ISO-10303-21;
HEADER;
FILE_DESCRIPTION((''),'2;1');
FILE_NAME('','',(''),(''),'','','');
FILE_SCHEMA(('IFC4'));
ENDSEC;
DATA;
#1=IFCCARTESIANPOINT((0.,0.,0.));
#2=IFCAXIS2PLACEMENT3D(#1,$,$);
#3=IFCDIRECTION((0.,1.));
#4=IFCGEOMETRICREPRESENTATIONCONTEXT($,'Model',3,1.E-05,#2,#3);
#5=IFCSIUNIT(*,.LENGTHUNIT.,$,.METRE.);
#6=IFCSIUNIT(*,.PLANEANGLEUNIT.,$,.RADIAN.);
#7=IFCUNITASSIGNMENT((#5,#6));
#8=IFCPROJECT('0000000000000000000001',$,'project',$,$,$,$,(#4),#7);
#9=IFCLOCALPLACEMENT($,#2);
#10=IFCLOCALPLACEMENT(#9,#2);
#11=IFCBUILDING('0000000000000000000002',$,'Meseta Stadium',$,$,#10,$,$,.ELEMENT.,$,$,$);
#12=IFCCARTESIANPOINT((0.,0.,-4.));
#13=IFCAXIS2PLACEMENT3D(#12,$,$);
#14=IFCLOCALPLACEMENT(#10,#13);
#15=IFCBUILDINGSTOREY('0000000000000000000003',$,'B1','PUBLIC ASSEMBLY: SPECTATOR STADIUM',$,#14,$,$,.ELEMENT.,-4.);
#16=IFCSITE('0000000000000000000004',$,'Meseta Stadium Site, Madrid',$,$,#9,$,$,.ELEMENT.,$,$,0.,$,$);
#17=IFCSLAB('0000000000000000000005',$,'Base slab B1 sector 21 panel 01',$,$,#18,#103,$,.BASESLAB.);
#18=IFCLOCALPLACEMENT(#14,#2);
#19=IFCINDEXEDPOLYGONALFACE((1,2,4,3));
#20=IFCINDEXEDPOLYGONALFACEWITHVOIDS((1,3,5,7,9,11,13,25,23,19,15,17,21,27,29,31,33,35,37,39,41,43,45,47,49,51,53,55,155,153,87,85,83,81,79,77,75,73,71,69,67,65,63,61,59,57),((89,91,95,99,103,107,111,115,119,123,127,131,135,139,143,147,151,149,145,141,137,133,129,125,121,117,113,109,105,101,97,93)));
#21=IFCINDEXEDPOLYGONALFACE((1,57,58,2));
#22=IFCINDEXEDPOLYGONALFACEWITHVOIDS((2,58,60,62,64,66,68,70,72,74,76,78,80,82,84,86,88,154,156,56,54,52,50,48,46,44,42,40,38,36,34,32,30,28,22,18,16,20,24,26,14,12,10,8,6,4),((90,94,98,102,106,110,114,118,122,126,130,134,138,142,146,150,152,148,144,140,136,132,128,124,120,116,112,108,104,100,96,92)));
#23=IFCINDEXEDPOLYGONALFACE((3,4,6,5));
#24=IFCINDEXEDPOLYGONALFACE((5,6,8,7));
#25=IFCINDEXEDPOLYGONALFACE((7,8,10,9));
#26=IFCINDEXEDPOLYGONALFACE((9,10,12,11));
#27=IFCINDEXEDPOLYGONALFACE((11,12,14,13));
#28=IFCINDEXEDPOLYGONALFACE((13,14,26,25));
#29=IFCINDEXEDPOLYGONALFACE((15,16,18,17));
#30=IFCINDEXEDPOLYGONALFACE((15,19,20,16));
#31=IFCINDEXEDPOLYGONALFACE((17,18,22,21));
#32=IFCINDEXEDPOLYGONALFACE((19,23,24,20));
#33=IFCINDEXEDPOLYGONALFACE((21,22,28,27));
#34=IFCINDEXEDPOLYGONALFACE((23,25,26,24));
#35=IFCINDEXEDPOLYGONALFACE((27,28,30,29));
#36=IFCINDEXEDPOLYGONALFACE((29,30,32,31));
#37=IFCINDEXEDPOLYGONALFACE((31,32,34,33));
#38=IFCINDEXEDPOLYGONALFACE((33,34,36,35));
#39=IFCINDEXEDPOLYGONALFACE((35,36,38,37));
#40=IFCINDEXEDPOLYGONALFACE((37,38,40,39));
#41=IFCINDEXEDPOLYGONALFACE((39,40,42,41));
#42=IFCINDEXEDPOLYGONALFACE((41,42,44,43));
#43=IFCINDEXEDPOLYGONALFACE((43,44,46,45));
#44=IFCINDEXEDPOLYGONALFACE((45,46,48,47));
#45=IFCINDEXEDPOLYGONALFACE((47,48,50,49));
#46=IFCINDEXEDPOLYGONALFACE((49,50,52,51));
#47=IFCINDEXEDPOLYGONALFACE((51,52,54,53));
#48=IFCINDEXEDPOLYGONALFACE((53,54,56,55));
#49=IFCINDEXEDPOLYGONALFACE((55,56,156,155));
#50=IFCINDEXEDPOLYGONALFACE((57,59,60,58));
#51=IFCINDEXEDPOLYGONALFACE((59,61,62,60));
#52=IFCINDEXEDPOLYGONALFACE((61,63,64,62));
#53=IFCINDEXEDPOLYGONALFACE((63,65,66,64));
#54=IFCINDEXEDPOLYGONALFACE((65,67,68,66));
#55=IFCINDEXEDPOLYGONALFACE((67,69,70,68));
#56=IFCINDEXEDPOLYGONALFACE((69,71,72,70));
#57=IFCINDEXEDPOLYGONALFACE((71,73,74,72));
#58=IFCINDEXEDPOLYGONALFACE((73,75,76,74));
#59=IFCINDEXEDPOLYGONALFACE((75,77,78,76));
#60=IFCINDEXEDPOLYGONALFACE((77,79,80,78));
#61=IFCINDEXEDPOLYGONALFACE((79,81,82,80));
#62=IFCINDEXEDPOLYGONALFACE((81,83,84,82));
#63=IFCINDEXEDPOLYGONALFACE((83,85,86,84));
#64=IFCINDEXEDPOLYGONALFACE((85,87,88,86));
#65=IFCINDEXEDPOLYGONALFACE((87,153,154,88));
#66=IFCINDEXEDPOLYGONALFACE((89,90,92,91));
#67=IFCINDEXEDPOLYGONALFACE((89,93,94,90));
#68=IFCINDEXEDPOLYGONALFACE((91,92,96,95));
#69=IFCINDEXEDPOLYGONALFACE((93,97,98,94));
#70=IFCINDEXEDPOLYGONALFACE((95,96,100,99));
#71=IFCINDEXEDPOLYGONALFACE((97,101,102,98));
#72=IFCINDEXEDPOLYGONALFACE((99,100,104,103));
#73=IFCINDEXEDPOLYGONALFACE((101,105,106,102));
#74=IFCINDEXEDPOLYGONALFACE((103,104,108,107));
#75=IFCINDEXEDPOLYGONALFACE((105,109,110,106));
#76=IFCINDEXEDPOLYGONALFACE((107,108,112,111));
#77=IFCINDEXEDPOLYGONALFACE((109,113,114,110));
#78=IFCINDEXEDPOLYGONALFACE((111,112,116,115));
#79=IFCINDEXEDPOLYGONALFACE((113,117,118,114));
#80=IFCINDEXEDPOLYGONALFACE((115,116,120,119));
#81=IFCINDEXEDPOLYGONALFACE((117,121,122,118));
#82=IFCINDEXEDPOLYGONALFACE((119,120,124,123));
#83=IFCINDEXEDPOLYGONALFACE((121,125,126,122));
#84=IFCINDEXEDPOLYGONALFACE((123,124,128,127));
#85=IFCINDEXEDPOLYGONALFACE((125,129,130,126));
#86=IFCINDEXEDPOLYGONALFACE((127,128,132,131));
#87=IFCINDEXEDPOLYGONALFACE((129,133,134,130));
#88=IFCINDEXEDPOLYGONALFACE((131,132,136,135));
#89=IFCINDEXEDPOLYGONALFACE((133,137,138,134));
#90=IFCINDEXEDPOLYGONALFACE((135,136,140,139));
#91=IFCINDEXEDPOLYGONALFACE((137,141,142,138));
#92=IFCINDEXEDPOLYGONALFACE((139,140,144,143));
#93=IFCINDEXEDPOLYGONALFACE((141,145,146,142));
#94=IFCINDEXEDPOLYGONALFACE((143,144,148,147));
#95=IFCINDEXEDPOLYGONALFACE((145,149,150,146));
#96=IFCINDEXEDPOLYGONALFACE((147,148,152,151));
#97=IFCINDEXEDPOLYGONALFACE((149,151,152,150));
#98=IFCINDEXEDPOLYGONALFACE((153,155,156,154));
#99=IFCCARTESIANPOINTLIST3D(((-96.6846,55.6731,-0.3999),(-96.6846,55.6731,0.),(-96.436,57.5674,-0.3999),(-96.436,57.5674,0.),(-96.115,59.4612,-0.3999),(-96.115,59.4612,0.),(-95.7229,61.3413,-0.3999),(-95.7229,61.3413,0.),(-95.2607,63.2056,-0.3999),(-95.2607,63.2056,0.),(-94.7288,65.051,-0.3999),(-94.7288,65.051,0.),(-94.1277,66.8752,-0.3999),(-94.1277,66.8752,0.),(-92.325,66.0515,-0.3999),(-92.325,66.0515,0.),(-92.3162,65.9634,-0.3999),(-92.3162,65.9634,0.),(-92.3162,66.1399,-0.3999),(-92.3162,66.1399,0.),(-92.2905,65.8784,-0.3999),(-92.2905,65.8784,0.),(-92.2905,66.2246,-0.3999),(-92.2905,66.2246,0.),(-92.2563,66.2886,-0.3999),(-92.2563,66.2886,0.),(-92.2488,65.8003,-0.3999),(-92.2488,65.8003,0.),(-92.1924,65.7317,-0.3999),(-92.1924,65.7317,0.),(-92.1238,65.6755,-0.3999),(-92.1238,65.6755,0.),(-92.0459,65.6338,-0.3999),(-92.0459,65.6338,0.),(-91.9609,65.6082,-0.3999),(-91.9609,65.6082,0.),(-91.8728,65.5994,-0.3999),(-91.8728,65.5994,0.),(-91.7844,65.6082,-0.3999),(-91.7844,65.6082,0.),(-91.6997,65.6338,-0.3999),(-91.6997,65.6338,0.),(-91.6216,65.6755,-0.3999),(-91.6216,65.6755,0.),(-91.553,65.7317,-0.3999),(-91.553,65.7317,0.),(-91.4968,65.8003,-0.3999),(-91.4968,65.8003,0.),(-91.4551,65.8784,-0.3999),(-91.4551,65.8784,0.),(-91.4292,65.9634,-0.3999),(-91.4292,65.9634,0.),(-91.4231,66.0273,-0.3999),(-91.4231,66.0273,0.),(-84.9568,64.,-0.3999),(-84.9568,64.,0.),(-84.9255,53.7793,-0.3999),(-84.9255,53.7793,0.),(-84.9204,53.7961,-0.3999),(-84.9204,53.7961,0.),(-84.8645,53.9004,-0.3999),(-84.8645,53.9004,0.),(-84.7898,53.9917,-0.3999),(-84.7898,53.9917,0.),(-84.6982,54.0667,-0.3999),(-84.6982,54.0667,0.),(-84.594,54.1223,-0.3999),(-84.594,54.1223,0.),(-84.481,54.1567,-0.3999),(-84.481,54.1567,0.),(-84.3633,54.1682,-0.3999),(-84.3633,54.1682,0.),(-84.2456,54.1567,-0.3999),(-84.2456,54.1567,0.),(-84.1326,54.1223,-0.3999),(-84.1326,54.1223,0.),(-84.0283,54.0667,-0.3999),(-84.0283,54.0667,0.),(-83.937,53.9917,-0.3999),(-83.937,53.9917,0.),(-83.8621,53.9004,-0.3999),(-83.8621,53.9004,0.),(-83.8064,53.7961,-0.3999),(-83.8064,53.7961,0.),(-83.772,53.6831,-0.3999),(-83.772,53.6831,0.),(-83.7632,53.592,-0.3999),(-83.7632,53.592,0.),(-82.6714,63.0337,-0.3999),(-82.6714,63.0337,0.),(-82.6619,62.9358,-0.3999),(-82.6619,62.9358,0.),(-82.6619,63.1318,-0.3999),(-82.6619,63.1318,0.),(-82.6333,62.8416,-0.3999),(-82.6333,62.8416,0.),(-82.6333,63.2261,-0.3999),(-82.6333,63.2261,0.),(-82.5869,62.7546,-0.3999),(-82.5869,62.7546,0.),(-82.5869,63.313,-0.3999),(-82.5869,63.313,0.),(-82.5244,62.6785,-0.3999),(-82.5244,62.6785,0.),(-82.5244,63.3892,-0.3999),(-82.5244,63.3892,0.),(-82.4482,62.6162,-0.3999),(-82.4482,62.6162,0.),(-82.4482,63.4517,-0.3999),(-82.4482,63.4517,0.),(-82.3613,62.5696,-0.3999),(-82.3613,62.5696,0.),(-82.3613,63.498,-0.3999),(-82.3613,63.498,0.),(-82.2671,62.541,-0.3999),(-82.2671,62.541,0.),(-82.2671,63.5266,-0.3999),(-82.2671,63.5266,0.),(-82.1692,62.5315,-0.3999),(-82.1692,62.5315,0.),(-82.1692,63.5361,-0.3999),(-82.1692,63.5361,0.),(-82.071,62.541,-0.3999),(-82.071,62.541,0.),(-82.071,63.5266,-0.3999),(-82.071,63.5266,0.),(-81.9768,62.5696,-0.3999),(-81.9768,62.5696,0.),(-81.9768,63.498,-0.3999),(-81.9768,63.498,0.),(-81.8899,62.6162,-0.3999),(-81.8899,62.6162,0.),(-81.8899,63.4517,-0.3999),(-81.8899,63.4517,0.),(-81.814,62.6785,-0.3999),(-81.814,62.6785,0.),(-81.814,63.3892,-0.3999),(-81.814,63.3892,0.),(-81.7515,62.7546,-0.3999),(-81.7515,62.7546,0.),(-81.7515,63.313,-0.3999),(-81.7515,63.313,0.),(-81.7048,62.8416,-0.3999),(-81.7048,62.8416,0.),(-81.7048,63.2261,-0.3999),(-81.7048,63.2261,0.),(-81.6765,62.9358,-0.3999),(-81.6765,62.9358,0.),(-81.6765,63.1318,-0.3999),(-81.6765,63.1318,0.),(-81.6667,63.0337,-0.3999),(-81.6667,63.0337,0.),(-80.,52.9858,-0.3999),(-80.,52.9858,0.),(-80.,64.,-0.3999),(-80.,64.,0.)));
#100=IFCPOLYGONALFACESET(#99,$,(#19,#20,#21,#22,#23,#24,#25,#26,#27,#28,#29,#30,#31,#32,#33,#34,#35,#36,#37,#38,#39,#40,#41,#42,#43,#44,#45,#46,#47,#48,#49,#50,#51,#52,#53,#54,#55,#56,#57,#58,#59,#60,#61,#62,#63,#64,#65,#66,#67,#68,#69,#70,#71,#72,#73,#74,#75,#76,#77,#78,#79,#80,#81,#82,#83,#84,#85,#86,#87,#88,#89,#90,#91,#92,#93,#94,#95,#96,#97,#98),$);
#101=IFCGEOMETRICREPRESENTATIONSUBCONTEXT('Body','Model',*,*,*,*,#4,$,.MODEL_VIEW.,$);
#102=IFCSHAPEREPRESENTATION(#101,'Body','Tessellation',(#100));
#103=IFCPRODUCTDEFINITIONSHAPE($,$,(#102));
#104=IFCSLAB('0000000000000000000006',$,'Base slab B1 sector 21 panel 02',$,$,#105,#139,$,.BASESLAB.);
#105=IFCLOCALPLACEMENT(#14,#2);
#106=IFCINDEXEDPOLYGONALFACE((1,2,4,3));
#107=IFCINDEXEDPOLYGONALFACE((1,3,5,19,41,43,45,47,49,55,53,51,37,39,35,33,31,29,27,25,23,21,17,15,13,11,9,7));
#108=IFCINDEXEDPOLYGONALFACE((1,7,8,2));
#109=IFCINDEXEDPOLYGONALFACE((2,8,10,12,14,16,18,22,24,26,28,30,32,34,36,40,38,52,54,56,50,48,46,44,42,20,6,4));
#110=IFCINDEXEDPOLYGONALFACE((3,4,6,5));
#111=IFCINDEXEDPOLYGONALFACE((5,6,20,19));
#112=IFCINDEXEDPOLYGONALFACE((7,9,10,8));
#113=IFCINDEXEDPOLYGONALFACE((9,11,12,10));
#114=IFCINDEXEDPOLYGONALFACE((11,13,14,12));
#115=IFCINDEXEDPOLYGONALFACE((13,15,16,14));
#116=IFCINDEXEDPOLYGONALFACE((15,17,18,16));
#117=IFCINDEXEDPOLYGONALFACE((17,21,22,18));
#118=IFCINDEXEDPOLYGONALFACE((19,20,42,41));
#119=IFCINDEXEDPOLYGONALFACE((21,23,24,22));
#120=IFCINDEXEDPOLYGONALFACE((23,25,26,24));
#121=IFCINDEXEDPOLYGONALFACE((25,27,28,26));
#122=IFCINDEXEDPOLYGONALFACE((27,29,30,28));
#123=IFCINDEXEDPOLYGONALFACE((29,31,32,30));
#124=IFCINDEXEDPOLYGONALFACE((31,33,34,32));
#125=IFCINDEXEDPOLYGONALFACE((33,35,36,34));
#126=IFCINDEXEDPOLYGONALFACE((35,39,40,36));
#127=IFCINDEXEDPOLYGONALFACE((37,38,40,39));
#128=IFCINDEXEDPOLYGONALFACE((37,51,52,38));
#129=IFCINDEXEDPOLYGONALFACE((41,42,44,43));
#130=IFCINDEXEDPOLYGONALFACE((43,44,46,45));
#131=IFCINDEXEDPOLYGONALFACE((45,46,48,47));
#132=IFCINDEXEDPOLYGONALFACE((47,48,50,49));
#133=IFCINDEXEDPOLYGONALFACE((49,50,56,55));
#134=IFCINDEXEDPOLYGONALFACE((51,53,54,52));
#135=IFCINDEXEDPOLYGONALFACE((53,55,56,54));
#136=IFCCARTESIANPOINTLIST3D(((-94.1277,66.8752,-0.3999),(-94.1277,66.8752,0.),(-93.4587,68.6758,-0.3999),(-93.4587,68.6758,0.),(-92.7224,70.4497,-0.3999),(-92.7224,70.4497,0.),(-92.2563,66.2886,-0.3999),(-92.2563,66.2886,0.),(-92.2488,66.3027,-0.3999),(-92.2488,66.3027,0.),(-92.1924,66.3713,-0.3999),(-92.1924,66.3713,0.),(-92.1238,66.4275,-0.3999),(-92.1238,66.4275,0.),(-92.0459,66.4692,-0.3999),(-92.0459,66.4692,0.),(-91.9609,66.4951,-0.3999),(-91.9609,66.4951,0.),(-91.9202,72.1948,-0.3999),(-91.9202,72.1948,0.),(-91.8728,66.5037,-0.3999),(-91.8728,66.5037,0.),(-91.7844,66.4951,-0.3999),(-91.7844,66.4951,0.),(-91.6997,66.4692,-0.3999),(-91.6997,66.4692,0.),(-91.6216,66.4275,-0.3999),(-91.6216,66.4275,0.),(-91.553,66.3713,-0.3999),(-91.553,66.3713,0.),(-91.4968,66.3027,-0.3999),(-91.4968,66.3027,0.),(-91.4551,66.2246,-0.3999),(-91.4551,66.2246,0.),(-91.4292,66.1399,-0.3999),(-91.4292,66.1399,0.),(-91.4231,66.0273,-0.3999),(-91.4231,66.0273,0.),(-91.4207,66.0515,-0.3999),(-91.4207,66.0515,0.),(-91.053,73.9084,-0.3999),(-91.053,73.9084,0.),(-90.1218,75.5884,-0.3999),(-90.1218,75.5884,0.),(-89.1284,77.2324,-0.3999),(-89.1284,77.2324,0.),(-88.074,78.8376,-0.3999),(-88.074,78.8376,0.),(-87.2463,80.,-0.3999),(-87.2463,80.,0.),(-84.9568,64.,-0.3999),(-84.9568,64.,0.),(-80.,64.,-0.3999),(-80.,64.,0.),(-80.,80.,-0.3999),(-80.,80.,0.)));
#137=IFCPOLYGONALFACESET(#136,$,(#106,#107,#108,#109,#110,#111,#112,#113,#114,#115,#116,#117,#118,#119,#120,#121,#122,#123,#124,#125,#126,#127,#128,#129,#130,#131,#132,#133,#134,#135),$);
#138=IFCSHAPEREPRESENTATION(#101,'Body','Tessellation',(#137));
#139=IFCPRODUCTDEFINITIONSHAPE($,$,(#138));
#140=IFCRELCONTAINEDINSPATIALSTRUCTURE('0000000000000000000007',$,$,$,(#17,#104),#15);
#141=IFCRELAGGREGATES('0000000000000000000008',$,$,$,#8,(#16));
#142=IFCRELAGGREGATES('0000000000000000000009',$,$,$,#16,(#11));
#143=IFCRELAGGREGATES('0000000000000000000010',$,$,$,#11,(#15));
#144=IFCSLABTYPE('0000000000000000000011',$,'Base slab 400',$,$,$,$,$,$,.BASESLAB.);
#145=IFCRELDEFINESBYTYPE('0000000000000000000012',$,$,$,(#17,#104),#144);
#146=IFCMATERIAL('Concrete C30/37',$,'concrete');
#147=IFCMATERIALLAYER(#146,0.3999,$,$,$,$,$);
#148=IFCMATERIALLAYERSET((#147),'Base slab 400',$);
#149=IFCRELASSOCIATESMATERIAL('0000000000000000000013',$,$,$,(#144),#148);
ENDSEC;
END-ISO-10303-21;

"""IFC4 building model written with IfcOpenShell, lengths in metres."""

from ifc_helpers import new_model, si_unit, direction, frame, origin, place, context, subcontext, project, spatial, polyline, outline, extrude, material, layer, layer_set, type_object, element, save


model = new_model("IFC4")

# Units and contexts
model_context = context("Model", 3, precision=1e-05, world=origin(), true_north=direction((0.0, 1.0)))
body_context = subcontext(model_context, "Body", "Model", "MODEL_VIEW")
ifc_project = project(units=[si_unit("LENGTHUNIT", "METRE"), si_unit("PLANEANGLEUNIT", "RADIAN")], contexts=[model_context])

# Site, building, storey
site_placement = place(None, origin())
site = spatial("IfcSite", under=ifc_project, at=site_placement, Name="Meseta Stadium Site, Madrid", CompositionType="ELEMENT", RefElevation=0.0)
building_placement = place(site_placement, origin())
building = spatial("IfcBuilding", under=site, at=building_placement, Name="Meseta Stadium", CompositionType="ELEMENT")
storey_placement = place(building_placement, frame((0.0, 0.0, -4.0)))
storey = spatial("IfcBuildingStorey", under=building, at=storey_placement, Name="B1", Description="PUBLIC ASSEMBLY: SPECTATOR STADIUM", CompositionType="ELEMENT", Elevation=-4.0)

# Slabs
ifc_material_1 = material(Name="Concrete C30/37", Category="concrete")
ifc_layer = layer(ifc_material_1, 0.3999)
ifc_layer_set = layer_set([ifc_layer], Name="Base slab 400")
slab_type = type_object("IfcSlabType", Name="Base slab 400", PredefinedType="BASESLAB", material=ifc_layer_set)
slab_1_placement = place(storey_placement, frame((0.0, 0.0, -0.3999)))
element("IfcSlab", 1, at=slab_1_placement, inside=storey, type_object=slab_type, Name="Base slab B1 sector 21 panel 01", PredefinedType="BASESLAB", context=body_context, shape_type="SweptSolid", body=[
    extrude(outline(polyline([(-92.2563, 66.2886), (-94.1277, 66.8752), (-94.7288, 65.051), (-95.2607, 63.2056), (-95.7229, 61.3413), (-96.115, 59.4612), (-96.436, 57.5674), (-96.6846, 55.6731), (-84.9255, 53.7793), (-84.9204, 53.7961), (-84.8645, 53.9004), (-84.7898, 53.9917), (-84.6982, 54.0667), (-84.594, 54.1223), (-84.481, 54.1567), (-84.3633, 54.1682), (-84.2456, 54.1567), (-84.1326, 54.1223), (-84.0283, 54.0667), (-83.937, 53.9917), (-83.8621, 53.9004), (-83.8064, 53.7961), (-83.772, 53.6831), (-83.7632, 53.592), (-80.0, 52.9858), (-80.0, 64.0), (-84.9568, 64.0), (-91.4231, 66.0273), (-91.4292, 65.9634), (-91.4551, 65.8784), (-91.4968, 65.8003), (-91.553, 65.7317), (-91.6216, 65.6755), (-91.6997, 65.6338), (-91.7844, 65.6082), (-91.8728, 65.5994), (-91.9609, 65.6082), (-92.0459, 65.6338), (-92.1238, 65.6755), (-92.1924, 65.7317), (-92.2488, 65.8003), (-92.2905, 65.8784), (-92.3162, 65.9634), (-92.325, 66.0515), (-92.3162, 66.1399), (-92.2905, 66.2246), (-92.2563, 66.2886)]), holes=[polyline([(-82.6619, 63.1318), (-82.6333, 63.2261), (-82.5869, 63.313), (-82.5244, 63.3892), (-82.4482, 63.4517), (-82.3613, 63.498), (-82.2671, 63.5266), (-82.1692, 63.5361), (-82.071, 63.5266), (-81.9768, 63.498), (-81.8899, 63.4517), (-81.814, 63.3892), (-81.7515, 63.313), (-81.7048, 63.2261), (-81.6765, 63.1318), (-81.6667, 63.0337), (-81.6765, 62.9358), (-81.7048, 62.8416), (-81.7515, 62.7546), (-81.814, 62.6785), (-81.8899, 62.6162), (-81.9768, 62.5696), (-82.071, 62.541), (-82.1692, 62.5315), (-82.2671, 62.541), (-82.3613, 62.5696), (-82.4482, 62.6162), (-82.5244, 62.6785), (-82.5869, 62.7546), (-82.6333, 62.8416), (-82.6619, 62.9358), (-82.6714, 63.0337), (-82.6619, 63.1318)])]), origin(), (0.0, 0.0, 1.0), 0.3999),
])
slab_2_placement = place(storey_placement, frame((0.0, 0.0, -0.3999)))
element("IfcSlab", 2, at=slab_2_placement, inside=storey, type_object=slab_type, Name="Base slab B1 sector 21 panel 02", PredefinedType="BASESLAB", context=body_context, shape_type="SweptSolid", body=[
    extrude(outline(polyline([(-91.053, 73.9084), (-91.9202, 72.1948), (-92.7224, 70.4497), (-93.4587, 68.6758), (-94.1277, 66.8752), (-92.2563, 66.2886), (-92.2488, 66.3027), (-92.1924, 66.3713), (-92.1238, 66.4275), (-92.0459, 66.4692), (-91.9609, 66.4951), (-91.8728, 66.5037), (-91.7844, 66.4951), (-91.6997, 66.4692), (-91.6216, 66.4275), (-91.553, 66.3713), (-91.4968, 66.3027), (-91.4551, 66.2246), (-91.4292, 66.1399), (-91.4207, 66.0515), (-91.4231, 66.0273), (-84.9568, 64.0), (-80.0, 64.0), (-80.0, 80.0), (-87.2463, 80.0), (-88.074, 78.8376), (-89.1284, 77.2324), (-90.1218, 75.5884), (-91.053, 73.9084)])), origin(), (0.0, 0.0, 1.0), 0.3999),
])

save(model, "model.ifc")
